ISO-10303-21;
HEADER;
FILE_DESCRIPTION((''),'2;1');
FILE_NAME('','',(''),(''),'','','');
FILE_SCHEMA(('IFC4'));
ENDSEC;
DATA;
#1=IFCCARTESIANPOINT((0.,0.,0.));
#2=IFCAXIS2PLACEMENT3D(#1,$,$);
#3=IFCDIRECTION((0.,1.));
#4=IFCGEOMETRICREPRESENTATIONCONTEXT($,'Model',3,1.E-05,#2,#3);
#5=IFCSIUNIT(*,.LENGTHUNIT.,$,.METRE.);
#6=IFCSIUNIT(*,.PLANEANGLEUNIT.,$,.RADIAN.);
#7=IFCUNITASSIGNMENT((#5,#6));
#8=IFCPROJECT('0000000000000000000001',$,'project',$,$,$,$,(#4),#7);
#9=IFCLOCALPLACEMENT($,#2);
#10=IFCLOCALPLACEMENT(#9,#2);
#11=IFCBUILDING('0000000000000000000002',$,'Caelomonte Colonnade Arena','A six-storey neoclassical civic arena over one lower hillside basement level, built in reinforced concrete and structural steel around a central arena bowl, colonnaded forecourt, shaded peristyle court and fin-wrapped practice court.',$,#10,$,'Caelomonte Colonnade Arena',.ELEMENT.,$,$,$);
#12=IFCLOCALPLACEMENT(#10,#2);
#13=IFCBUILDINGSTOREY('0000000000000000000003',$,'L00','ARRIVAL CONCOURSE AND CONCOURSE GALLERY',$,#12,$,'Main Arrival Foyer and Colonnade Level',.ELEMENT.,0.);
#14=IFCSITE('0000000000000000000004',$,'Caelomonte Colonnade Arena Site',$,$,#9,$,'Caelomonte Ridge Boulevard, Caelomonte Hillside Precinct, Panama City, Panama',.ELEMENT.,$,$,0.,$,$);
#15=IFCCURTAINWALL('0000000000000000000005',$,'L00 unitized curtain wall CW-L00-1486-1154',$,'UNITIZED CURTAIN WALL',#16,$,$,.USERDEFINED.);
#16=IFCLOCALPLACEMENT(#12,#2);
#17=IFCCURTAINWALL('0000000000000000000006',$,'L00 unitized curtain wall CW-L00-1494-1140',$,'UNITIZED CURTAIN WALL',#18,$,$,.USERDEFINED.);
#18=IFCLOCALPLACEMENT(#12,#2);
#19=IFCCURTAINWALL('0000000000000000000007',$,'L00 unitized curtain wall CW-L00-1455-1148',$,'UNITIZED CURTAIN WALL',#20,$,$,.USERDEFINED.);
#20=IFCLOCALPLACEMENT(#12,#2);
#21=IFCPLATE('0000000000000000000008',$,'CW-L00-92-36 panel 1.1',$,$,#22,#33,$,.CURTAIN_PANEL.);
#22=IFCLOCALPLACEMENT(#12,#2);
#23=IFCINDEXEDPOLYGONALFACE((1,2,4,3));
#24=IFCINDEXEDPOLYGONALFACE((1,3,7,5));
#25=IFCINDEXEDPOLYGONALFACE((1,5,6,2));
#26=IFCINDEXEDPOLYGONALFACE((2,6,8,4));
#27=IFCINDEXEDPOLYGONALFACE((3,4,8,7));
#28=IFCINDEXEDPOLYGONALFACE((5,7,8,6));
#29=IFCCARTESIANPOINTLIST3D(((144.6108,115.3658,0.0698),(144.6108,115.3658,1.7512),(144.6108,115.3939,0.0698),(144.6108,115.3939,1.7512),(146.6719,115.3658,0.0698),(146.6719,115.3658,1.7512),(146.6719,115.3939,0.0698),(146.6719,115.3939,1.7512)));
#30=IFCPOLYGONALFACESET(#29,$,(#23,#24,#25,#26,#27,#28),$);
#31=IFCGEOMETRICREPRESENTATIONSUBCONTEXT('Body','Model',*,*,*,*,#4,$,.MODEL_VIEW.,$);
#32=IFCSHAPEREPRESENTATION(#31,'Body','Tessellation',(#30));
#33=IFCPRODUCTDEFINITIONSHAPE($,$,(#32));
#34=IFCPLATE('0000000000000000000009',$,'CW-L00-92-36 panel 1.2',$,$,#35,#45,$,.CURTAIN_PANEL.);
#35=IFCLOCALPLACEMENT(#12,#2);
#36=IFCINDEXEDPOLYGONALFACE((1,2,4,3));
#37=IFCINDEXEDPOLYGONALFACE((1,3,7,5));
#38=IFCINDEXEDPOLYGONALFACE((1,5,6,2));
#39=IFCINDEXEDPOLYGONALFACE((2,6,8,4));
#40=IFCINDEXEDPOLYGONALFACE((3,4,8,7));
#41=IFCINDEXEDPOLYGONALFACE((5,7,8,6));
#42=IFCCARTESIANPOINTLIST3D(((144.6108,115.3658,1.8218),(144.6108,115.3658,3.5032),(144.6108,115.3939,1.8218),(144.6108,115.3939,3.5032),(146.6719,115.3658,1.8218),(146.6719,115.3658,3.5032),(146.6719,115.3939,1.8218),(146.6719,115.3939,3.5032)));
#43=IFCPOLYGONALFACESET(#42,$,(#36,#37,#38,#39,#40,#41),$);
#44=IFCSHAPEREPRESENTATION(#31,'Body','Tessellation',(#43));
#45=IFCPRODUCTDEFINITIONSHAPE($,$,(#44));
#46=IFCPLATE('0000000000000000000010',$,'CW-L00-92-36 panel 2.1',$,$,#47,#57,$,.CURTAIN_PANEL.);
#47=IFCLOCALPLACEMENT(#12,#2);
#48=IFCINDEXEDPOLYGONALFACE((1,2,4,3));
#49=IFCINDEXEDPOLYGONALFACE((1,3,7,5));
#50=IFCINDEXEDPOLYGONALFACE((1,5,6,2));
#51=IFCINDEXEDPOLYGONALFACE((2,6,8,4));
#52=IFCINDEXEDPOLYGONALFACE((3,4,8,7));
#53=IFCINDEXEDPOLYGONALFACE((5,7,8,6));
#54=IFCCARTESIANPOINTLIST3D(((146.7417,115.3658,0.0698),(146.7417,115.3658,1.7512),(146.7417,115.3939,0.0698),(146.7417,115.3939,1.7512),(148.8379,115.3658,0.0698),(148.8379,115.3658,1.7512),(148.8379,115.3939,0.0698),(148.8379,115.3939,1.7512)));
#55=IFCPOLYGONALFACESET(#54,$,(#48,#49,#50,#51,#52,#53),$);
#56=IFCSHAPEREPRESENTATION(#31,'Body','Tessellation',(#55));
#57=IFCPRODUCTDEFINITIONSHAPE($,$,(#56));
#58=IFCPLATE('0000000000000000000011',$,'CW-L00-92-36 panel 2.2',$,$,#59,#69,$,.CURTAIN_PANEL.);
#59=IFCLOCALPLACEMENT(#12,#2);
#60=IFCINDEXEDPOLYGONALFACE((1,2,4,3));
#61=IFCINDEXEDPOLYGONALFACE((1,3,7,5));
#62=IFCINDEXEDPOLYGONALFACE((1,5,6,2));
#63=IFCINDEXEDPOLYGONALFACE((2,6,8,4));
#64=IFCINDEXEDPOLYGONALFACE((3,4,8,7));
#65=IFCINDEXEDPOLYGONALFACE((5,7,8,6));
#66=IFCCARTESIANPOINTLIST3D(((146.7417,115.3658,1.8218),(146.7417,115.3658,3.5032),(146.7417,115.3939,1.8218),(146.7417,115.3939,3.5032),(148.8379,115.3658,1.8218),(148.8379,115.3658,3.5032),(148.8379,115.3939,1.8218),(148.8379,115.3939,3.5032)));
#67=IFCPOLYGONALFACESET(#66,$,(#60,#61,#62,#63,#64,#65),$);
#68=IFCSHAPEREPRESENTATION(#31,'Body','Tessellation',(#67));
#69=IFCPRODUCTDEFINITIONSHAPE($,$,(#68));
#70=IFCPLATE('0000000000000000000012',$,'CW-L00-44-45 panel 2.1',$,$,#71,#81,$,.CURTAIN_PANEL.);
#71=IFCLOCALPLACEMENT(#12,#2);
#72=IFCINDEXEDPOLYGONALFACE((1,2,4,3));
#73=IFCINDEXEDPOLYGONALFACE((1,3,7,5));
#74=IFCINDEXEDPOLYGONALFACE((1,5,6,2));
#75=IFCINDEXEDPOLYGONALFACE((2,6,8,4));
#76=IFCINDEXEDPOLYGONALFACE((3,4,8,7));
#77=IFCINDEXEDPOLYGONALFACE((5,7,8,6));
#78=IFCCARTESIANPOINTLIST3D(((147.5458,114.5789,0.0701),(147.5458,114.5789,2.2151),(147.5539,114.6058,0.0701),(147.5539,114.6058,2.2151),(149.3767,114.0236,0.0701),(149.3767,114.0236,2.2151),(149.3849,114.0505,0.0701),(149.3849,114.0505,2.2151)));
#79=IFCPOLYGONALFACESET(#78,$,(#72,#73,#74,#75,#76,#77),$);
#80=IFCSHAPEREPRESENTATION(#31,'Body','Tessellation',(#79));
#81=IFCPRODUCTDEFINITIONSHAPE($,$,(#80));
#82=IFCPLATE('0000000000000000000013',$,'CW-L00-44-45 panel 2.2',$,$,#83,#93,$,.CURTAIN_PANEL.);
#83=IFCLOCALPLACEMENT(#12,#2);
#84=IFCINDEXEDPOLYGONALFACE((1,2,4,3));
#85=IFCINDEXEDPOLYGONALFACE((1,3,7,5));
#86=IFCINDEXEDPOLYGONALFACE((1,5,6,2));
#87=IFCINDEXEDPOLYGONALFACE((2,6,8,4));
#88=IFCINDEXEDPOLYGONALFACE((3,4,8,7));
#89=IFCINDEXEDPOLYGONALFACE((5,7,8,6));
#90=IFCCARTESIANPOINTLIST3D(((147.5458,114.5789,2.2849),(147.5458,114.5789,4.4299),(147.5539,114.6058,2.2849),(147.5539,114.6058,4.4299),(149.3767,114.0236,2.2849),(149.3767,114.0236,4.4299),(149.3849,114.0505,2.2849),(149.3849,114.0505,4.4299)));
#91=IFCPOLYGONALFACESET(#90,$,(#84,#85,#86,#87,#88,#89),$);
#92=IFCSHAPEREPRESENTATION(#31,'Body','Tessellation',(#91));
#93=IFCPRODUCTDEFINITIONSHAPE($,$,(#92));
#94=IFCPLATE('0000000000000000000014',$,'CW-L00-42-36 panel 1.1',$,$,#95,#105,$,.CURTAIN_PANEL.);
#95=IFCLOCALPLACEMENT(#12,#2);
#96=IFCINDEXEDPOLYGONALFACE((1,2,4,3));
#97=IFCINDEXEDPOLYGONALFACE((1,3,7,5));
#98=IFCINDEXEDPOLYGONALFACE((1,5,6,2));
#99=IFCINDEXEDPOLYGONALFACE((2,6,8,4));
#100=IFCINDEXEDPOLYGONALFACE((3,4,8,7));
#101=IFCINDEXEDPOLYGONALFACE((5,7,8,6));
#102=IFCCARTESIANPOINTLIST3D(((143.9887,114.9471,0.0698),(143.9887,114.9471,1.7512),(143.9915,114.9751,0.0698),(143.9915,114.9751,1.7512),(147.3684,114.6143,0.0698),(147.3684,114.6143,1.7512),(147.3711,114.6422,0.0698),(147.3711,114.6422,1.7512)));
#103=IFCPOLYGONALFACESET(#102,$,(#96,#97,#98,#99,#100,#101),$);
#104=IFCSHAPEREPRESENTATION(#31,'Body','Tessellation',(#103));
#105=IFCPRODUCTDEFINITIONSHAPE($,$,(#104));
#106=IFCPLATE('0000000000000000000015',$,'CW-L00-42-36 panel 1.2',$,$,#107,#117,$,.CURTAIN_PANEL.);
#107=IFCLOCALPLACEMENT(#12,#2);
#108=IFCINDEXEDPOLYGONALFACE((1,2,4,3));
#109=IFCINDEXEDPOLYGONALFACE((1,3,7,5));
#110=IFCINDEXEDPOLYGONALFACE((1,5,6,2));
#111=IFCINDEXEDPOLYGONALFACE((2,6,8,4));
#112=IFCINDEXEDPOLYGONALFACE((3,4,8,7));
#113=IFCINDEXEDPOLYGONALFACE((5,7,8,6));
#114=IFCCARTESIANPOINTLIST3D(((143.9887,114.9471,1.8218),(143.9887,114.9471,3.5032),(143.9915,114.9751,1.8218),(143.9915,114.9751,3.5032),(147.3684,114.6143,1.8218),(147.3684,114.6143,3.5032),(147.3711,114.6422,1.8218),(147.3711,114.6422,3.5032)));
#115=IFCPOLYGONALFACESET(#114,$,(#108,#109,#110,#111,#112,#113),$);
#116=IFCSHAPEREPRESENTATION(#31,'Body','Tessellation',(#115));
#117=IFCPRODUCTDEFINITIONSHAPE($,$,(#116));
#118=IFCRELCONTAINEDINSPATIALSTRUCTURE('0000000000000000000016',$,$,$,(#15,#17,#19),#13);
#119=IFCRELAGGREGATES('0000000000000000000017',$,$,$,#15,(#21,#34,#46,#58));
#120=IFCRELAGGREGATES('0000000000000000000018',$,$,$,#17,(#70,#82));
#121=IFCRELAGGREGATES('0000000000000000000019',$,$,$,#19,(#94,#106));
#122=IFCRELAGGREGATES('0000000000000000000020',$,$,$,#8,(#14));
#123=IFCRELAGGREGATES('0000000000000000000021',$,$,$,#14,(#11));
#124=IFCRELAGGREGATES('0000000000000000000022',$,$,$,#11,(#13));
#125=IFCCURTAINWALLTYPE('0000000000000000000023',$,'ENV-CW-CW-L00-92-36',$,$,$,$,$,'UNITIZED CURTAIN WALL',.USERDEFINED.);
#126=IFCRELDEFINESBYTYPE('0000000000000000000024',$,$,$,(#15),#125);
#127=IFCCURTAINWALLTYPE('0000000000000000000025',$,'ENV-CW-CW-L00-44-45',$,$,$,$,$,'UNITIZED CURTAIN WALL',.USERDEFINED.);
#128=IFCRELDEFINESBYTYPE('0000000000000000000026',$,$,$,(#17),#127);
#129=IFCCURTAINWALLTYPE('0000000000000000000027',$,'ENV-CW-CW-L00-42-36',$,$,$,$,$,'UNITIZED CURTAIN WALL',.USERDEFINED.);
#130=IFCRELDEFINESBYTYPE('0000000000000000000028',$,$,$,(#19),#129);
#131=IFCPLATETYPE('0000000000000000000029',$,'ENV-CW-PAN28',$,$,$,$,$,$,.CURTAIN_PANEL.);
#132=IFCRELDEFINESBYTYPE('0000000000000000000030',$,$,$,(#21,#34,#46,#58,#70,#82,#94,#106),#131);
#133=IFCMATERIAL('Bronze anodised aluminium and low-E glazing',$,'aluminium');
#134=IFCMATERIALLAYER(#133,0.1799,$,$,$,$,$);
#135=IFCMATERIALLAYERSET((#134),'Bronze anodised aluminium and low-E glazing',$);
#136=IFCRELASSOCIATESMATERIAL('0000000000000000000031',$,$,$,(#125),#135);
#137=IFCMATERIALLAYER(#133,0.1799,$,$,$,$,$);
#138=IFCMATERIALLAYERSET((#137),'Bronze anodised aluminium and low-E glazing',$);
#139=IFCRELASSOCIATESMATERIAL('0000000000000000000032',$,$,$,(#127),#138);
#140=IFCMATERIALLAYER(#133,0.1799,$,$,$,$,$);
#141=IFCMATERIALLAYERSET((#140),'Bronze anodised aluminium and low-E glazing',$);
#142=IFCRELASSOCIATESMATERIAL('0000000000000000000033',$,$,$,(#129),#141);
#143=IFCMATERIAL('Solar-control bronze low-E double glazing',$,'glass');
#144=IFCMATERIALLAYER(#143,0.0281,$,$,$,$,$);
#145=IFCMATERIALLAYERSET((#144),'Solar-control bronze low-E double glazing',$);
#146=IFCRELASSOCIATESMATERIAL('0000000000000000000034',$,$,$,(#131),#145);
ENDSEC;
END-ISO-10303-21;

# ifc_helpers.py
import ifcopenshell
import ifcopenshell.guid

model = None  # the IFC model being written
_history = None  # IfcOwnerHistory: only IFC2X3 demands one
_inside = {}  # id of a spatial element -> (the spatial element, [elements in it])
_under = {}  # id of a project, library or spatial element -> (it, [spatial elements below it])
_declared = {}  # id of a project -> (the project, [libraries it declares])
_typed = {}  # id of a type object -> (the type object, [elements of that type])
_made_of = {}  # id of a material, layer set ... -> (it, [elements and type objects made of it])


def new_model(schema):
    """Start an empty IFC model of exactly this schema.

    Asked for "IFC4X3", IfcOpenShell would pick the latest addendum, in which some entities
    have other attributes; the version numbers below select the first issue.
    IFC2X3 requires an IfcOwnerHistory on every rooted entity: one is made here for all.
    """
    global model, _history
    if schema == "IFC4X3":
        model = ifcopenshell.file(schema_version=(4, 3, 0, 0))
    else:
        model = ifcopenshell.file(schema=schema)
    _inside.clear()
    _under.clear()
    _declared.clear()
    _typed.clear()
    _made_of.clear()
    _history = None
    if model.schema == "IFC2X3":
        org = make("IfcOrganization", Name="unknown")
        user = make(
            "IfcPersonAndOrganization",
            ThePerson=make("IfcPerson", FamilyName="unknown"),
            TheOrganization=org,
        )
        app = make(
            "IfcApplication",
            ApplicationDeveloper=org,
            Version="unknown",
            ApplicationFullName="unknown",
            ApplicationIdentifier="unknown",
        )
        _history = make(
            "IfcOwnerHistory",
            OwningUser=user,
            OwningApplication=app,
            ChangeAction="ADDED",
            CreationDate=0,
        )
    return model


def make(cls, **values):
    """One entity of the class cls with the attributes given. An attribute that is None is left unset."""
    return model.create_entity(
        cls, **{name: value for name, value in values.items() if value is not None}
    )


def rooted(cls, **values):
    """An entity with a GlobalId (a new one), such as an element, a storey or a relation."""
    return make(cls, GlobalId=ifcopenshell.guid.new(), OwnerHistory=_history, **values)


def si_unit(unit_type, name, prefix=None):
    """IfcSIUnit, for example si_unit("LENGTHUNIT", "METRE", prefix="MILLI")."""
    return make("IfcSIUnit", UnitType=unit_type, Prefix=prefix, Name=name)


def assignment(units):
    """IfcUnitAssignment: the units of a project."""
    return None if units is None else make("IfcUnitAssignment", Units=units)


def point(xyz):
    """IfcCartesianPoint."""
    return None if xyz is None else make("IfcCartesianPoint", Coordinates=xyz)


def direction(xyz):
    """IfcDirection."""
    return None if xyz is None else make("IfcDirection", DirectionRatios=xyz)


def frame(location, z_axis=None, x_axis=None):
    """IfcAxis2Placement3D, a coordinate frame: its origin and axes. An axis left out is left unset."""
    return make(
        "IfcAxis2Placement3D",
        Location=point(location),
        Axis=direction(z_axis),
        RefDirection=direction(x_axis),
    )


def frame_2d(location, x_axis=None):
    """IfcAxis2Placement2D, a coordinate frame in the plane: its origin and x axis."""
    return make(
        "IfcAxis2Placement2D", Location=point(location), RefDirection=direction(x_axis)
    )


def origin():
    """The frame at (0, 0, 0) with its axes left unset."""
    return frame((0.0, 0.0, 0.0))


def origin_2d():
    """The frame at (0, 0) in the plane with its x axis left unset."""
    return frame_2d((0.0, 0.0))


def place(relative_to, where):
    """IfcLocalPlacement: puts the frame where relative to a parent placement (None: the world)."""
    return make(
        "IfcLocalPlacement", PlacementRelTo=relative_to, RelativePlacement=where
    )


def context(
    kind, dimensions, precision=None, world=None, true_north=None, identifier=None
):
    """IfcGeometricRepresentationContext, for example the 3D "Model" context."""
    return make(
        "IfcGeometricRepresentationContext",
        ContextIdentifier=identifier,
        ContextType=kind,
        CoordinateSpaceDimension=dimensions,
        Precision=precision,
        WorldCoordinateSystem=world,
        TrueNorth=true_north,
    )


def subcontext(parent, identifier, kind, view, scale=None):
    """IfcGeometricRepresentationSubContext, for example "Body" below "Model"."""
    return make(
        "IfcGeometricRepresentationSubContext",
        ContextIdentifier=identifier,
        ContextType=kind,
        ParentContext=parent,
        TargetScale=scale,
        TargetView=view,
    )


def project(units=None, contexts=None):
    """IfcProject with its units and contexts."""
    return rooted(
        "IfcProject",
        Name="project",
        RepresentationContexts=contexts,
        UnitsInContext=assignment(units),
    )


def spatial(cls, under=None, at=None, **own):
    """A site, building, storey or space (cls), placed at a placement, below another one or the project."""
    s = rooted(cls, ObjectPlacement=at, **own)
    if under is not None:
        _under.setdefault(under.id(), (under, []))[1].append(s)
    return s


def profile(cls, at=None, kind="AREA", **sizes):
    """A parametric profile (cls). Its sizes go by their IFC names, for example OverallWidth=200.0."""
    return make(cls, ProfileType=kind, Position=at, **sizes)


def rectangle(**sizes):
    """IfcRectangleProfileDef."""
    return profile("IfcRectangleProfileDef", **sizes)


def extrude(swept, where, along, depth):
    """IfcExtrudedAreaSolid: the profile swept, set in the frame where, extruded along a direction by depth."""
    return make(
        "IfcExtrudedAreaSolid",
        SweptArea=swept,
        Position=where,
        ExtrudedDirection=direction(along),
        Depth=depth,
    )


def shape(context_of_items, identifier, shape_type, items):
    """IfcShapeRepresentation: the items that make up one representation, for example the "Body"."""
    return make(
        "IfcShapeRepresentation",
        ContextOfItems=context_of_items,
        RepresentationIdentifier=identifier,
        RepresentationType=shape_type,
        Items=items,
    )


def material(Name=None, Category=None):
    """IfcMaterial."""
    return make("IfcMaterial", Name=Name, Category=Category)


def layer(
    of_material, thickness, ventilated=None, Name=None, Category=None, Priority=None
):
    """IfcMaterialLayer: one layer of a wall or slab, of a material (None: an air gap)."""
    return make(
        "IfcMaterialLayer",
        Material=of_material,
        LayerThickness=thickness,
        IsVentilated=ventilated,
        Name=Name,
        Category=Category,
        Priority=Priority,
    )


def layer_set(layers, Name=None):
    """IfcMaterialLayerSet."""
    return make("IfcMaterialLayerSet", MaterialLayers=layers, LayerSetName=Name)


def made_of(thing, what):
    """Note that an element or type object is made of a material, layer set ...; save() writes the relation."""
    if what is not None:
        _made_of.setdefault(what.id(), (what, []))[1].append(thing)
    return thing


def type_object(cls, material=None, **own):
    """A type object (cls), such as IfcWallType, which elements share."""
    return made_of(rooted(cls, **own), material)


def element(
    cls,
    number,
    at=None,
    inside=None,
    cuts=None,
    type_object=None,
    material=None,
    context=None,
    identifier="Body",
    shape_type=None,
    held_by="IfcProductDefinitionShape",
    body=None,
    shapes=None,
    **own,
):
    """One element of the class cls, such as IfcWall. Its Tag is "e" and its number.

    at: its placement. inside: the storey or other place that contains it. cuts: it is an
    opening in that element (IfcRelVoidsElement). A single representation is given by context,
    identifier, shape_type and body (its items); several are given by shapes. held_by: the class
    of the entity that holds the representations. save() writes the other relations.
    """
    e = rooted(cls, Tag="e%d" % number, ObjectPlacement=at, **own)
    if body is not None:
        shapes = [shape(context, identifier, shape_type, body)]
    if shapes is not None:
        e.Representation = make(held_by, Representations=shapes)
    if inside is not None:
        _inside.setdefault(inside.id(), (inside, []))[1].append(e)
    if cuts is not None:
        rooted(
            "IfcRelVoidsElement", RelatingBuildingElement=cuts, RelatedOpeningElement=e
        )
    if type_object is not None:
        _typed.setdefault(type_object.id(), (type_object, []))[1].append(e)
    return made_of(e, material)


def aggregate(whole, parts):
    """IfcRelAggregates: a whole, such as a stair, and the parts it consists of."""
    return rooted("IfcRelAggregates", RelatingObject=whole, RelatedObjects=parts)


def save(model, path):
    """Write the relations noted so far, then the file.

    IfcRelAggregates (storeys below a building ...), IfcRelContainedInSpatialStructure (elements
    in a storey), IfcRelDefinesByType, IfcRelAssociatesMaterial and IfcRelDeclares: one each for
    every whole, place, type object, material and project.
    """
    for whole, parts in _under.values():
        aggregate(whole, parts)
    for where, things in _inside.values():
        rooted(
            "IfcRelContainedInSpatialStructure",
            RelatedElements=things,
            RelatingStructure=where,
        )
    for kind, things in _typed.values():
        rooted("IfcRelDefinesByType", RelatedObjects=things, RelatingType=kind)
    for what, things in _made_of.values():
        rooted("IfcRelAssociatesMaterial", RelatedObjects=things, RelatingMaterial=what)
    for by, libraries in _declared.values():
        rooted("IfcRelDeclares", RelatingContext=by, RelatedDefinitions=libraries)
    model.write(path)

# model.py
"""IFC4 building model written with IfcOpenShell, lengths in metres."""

from ifc_helpers import new_model, si_unit, direction, frame, origin, origin_2d, place, context, subcontext, project, spatial, rectangle, extrude, material, layer, layer_set, type_object, element, aggregate, save


model = new_model("IFC4")

# Units and contexts
model_context = context("Model", 3, precision=1e-05, world=origin(), true_north=direction((0.0, 1.0)))
body_context = subcontext(model_context, "Body", "Model", "MODEL_VIEW")
ifc_project = project(units=[si_unit("LENGTHUNIT", "METRE"), si_unit("PLANEANGLEUNIT", "RADIAN")], contexts=[model_context])

# Site, building, storey
site_placement = place(None, origin())
site = spatial("IfcSite", under=ifc_project, at=site_placement, Name="Caelomonte Colonnade Arena Site", LongName="Caelomonte Ridge Boulevard, Caelomonte Hillside Precinct, Panama City, Panama", CompositionType="ELEMENT", RefElevation=0.0)
building_placement = place(site_placement, origin())
building = spatial("IfcBuilding", under=site, at=building_placement, Name="Caelomonte Colonnade Arena", Description="A six-storey neoclassical civic arena over one lower hillside basement level, built in reinforced concrete and structural steel around a central arena bowl, colonnaded forecourt, shaded peristyle court and fin-wrapped practice court.", LongName="Caelomonte Colonnade Arena", CompositionType="ELEMENT")
storey_placement = place(building_placement, origin())
storey = spatial("IfcBuildingStorey", under=building, at=storey_placement, Name="L00", Description="ARRIVAL CONCOURSE AND CONCOURSE GALLERY", LongName="Main Arrival Foyer and Colonnade Level", CompositionType="ELEMENT", Elevation=0.0)

# Curtain wall
ifc_material_1 = material(Name="Bronze anodised aluminium and low-E glazing", Category="aluminium")
ifc_layer_1 = layer(ifc_material_1, 0.1799)
ifc_layer_set_1 = layer_set([ifc_layer_1], Name="Bronze anodised aluminium and low-E glazing")
curtain_wall_type_1 = type_object("IfcCurtainWallType", Name="ENV-CW-CW-L00-92-36", ElementType="UNITIZED CURTAIN WALL", PredefinedType="USERDEFINED", material=ifc_layer_set_1)
curtain_wall_1_placement = place(storey_placement, origin())
curtain_wall_1 = element("IfcCurtainWall", 1, at=curtain_wall_1_placement, inside=storey, type_object=curtain_wall_type_1, Name="L00 unitized curtain wall CW-L00-1486-1154", ObjectType="UNITIZED CURTAIN WALL", PredefinedType="USERDEFINED")

# Curtain walls
ifc_layer_2 = layer(ifc_material_1, 0.1799)
ifc_layer_set_2 = layer_set([ifc_layer_2], Name="Bronze anodised aluminium and low-E glazing")
curtain_wall_type_2 = type_object("IfcCurtainWallType", Name="ENV-CW-CW-L00-44-45", ElementType="UNITIZED CURTAIN WALL", PredefinedType="USERDEFINED", material=ifc_layer_set_2)
curtain_wall_2_placement = place(storey_placement, origin())
curtain_wall_2 = element("IfcCurtainWall", 2, at=curtain_wall_2_placement, inside=storey, type_object=curtain_wall_type_2, Name="L00 unitized curtain wall CW-L00-1494-1140", ObjectType="UNITIZED CURTAIN WALL", PredefinedType="USERDEFINED")
ifc_layer_3 = layer(ifc_material_1, 0.1799)
ifc_layer_set_3 = layer_set([ifc_layer_3], Name="Bronze anodised aluminium and low-E glazing")
curtain_wall_type_3 = type_object("IfcCurtainWallType", Name="ENV-CW-CW-L00-42-36", ElementType="UNITIZED CURTAIN WALL", PredefinedType="USERDEFINED", material=ifc_layer_set_3)
curtain_wall_3_placement = place(storey_placement, origin())
curtain_wall_3 = element("IfcCurtainWall", 3, at=curtain_wall_3_placement, inside=storey, type_object=curtain_wall_type_3, Name="L00 unitized curtain wall CW-L00-1455-1148", ObjectType="UNITIZED CURTAIN WALL", PredefinedType="USERDEFINED")

# Plates
ifc_material_2 = material(Name="Solar-control bronze low-E double glazing", Category="glass")
ifc_layer_4 = layer(ifc_material_2, 0.0281)
ifc_layer_set_4 = layer_set([ifc_layer_4], Name="Solar-control bronze low-E double glazing")
plate_type = type_object("IfcPlateType", Name="ENV-CW-PAN28", PredefinedType="CURTAIN_PANEL", material=ifc_layer_set_4)
plate_1_placement = place(storey_placement, frame((145.6414, 115.3799, 0.0698), z_axis=(0.0, 0.0, 1.0), x_axis=(1.0, 0.0, 0.0)))
plate_1 = element("IfcPlate", 4, at=plate_1_placement, type_object=plate_type, Name="CW-L00-92-36 panel 1.1", PredefinedType="CURTAIN_PANEL", context=body_context, shape_type="SweptSolid", body=[
    extrude(rectangle(XDim=2.061, YDim=0.0281, at=origin_2d()), origin(), (0.0, 0.0, 1.0), 1.6814),
])
plate_2_placement = place(storey_placement, frame((145.6414, 115.3799, 1.8218), z_axis=(0.0, 0.0, 1.0), x_axis=(1.0, 0.0, 0.0)))
plate_2 = element("IfcPlate", 5, at=plate_2_placement, type_object=plate_type, Name="CW-L00-92-36 panel 1.2", PredefinedType="CURTAIN_PANEL", context=body_context, shape_type="SweptSolid", body=[
    extrude(rectangle(XDim=2.061, YDim=0.0281, at=origin_2d()), origin(), (0.0, 0.0, 1.0), 1.6814),
])
plate_3_placement = place(storey_placement, frame((147.7898, 115.3799, 0.0698), z_axis=(0.0, 0.0, 1.0), x_axis=(1.0, 0.0, 0.0)))
plate_3 = element("IfcPlate", 6, at=plate_3_placement, type_object=plate_type, Name="CW-L00-92-36 panel 2.1", PredefinedType="CURTAIN_PANEL", context=body_context, shape_type="SweptSolid", body=[
    extrude(rectangle(XDim=2.0962, YDim=0.0281, at=origin_2d()), origin(), (0.0, 0.0, 1.0), 1.6814),
])
plate_4_placement = place(storey_placement, frame((147.7898, 115.3799, 1.8218), z_axis=(0.0, 0.0, 1.0), x_axis=(1.0, 0.0, 0.0)))
plate_4 = element("IfcPlate", 7, at=plate_4_placement, type_object=plate_type, Name="CW-L00-92-36 panel 2.2", PredefinedType="CURTAIN_PANEL", context=body_context, shape_type="SweptSolid", body=[
    extrude(rectangle(XDim=2.0962, YDim=0.0281, at=origin_2d()), origin(), (0.0, 0.0, 1.0), 1.6814),
])
aggregate(curtain_wall_1, [plate_1, plate_2, plate_3, plate_4])
plate_5_placement = place(storey_placement, frame((148.4653, 114.3147, 0.0701), z_axis=(0.0, 0.0, 1.0), x_axis=(-0.956949, 0.290256, 0.0)))
plate_5 = element("IfcPlate", 8, at=plate_5_placement, type_object=plate_type, Name="CW-L00-44-45 panel 2.1", PredefinedType="CURTAIN_PANEL", context=body_context, shape_type="SweptSolid", body=[
    extrude(rectangle(XDim=1.9133, YDim=0.0281, at=origin_2d()), origin(), (0.0, 0.0, 1.0), 2.145),
])
plate_6_placement = place(storey_placement, frame((148.4653, 114.3147, 2.2849), z_axis=(0.0, 0.0, 1.0), x_axis=(-0.956949, 0.290256, 0.0)))
plate_6 = element("IfcPlate", 9, at=plate_6_placement, type_object=plate_type, Name="CW-L00-44-45 panel 2.2", PredefinedType="CURTAIN_PANEL", context=body_context, shape_type="SweptSolid", body=[
    extrude(rectangle(XDim=1.9133, YDim=0.0281, at=origin_2d()), origin(), (0.0, 0.0, 1.0), 2.145),
])
aggregate(curtain_wall_2, [plate_5, plate_6])
plate_7_placement = place(storey_placement, frame((145.6799, 114.7947, 0.0698), z_axis=(0.0, 0.0, 1.0), x_axis=(-0.995184, 0.098022, 0.0)))
plate_7 = element("IfcPlate", 10, at=plate_7_placement, type_object=plate_type, Name="CW-L00-42-36 panel 1.1", PredefinedType="CURTAIN_PANEL", context=body_context, shape_type="SweptSolid", body=[
    extrude(rectangle(XDim=3.396, YDim=0.0281, at=origin_2d()), origin(), (0.0, 0.0, 1.0), 1.6814),
])
plate_8_placement = place(storey_placement, frame((145.6799, 114.7947, 1.8218), z_axis=(0.0, 0.0, 1.0), x_axis=(-0.995184, 0.098022, 0.0)))
plate_8 = element("IfcPlate", 11, at=plate_8_placement, type_object=plate_type, Name="CW-L00-42-36 panel 1.2", PredefinedType="CURTAIN_PANEL", context=body_context, shape_type="SweptSolid", body=[
    extrude(rectangle(XDim=3.396, YDim=0.0281, at=origin_2d()), origin(), (0.0, 0.0, 1.0), 1.6814),
])
aggregate(curtain_wall_3, [plate_7, plate_8])

save(model, "model.ifc")
